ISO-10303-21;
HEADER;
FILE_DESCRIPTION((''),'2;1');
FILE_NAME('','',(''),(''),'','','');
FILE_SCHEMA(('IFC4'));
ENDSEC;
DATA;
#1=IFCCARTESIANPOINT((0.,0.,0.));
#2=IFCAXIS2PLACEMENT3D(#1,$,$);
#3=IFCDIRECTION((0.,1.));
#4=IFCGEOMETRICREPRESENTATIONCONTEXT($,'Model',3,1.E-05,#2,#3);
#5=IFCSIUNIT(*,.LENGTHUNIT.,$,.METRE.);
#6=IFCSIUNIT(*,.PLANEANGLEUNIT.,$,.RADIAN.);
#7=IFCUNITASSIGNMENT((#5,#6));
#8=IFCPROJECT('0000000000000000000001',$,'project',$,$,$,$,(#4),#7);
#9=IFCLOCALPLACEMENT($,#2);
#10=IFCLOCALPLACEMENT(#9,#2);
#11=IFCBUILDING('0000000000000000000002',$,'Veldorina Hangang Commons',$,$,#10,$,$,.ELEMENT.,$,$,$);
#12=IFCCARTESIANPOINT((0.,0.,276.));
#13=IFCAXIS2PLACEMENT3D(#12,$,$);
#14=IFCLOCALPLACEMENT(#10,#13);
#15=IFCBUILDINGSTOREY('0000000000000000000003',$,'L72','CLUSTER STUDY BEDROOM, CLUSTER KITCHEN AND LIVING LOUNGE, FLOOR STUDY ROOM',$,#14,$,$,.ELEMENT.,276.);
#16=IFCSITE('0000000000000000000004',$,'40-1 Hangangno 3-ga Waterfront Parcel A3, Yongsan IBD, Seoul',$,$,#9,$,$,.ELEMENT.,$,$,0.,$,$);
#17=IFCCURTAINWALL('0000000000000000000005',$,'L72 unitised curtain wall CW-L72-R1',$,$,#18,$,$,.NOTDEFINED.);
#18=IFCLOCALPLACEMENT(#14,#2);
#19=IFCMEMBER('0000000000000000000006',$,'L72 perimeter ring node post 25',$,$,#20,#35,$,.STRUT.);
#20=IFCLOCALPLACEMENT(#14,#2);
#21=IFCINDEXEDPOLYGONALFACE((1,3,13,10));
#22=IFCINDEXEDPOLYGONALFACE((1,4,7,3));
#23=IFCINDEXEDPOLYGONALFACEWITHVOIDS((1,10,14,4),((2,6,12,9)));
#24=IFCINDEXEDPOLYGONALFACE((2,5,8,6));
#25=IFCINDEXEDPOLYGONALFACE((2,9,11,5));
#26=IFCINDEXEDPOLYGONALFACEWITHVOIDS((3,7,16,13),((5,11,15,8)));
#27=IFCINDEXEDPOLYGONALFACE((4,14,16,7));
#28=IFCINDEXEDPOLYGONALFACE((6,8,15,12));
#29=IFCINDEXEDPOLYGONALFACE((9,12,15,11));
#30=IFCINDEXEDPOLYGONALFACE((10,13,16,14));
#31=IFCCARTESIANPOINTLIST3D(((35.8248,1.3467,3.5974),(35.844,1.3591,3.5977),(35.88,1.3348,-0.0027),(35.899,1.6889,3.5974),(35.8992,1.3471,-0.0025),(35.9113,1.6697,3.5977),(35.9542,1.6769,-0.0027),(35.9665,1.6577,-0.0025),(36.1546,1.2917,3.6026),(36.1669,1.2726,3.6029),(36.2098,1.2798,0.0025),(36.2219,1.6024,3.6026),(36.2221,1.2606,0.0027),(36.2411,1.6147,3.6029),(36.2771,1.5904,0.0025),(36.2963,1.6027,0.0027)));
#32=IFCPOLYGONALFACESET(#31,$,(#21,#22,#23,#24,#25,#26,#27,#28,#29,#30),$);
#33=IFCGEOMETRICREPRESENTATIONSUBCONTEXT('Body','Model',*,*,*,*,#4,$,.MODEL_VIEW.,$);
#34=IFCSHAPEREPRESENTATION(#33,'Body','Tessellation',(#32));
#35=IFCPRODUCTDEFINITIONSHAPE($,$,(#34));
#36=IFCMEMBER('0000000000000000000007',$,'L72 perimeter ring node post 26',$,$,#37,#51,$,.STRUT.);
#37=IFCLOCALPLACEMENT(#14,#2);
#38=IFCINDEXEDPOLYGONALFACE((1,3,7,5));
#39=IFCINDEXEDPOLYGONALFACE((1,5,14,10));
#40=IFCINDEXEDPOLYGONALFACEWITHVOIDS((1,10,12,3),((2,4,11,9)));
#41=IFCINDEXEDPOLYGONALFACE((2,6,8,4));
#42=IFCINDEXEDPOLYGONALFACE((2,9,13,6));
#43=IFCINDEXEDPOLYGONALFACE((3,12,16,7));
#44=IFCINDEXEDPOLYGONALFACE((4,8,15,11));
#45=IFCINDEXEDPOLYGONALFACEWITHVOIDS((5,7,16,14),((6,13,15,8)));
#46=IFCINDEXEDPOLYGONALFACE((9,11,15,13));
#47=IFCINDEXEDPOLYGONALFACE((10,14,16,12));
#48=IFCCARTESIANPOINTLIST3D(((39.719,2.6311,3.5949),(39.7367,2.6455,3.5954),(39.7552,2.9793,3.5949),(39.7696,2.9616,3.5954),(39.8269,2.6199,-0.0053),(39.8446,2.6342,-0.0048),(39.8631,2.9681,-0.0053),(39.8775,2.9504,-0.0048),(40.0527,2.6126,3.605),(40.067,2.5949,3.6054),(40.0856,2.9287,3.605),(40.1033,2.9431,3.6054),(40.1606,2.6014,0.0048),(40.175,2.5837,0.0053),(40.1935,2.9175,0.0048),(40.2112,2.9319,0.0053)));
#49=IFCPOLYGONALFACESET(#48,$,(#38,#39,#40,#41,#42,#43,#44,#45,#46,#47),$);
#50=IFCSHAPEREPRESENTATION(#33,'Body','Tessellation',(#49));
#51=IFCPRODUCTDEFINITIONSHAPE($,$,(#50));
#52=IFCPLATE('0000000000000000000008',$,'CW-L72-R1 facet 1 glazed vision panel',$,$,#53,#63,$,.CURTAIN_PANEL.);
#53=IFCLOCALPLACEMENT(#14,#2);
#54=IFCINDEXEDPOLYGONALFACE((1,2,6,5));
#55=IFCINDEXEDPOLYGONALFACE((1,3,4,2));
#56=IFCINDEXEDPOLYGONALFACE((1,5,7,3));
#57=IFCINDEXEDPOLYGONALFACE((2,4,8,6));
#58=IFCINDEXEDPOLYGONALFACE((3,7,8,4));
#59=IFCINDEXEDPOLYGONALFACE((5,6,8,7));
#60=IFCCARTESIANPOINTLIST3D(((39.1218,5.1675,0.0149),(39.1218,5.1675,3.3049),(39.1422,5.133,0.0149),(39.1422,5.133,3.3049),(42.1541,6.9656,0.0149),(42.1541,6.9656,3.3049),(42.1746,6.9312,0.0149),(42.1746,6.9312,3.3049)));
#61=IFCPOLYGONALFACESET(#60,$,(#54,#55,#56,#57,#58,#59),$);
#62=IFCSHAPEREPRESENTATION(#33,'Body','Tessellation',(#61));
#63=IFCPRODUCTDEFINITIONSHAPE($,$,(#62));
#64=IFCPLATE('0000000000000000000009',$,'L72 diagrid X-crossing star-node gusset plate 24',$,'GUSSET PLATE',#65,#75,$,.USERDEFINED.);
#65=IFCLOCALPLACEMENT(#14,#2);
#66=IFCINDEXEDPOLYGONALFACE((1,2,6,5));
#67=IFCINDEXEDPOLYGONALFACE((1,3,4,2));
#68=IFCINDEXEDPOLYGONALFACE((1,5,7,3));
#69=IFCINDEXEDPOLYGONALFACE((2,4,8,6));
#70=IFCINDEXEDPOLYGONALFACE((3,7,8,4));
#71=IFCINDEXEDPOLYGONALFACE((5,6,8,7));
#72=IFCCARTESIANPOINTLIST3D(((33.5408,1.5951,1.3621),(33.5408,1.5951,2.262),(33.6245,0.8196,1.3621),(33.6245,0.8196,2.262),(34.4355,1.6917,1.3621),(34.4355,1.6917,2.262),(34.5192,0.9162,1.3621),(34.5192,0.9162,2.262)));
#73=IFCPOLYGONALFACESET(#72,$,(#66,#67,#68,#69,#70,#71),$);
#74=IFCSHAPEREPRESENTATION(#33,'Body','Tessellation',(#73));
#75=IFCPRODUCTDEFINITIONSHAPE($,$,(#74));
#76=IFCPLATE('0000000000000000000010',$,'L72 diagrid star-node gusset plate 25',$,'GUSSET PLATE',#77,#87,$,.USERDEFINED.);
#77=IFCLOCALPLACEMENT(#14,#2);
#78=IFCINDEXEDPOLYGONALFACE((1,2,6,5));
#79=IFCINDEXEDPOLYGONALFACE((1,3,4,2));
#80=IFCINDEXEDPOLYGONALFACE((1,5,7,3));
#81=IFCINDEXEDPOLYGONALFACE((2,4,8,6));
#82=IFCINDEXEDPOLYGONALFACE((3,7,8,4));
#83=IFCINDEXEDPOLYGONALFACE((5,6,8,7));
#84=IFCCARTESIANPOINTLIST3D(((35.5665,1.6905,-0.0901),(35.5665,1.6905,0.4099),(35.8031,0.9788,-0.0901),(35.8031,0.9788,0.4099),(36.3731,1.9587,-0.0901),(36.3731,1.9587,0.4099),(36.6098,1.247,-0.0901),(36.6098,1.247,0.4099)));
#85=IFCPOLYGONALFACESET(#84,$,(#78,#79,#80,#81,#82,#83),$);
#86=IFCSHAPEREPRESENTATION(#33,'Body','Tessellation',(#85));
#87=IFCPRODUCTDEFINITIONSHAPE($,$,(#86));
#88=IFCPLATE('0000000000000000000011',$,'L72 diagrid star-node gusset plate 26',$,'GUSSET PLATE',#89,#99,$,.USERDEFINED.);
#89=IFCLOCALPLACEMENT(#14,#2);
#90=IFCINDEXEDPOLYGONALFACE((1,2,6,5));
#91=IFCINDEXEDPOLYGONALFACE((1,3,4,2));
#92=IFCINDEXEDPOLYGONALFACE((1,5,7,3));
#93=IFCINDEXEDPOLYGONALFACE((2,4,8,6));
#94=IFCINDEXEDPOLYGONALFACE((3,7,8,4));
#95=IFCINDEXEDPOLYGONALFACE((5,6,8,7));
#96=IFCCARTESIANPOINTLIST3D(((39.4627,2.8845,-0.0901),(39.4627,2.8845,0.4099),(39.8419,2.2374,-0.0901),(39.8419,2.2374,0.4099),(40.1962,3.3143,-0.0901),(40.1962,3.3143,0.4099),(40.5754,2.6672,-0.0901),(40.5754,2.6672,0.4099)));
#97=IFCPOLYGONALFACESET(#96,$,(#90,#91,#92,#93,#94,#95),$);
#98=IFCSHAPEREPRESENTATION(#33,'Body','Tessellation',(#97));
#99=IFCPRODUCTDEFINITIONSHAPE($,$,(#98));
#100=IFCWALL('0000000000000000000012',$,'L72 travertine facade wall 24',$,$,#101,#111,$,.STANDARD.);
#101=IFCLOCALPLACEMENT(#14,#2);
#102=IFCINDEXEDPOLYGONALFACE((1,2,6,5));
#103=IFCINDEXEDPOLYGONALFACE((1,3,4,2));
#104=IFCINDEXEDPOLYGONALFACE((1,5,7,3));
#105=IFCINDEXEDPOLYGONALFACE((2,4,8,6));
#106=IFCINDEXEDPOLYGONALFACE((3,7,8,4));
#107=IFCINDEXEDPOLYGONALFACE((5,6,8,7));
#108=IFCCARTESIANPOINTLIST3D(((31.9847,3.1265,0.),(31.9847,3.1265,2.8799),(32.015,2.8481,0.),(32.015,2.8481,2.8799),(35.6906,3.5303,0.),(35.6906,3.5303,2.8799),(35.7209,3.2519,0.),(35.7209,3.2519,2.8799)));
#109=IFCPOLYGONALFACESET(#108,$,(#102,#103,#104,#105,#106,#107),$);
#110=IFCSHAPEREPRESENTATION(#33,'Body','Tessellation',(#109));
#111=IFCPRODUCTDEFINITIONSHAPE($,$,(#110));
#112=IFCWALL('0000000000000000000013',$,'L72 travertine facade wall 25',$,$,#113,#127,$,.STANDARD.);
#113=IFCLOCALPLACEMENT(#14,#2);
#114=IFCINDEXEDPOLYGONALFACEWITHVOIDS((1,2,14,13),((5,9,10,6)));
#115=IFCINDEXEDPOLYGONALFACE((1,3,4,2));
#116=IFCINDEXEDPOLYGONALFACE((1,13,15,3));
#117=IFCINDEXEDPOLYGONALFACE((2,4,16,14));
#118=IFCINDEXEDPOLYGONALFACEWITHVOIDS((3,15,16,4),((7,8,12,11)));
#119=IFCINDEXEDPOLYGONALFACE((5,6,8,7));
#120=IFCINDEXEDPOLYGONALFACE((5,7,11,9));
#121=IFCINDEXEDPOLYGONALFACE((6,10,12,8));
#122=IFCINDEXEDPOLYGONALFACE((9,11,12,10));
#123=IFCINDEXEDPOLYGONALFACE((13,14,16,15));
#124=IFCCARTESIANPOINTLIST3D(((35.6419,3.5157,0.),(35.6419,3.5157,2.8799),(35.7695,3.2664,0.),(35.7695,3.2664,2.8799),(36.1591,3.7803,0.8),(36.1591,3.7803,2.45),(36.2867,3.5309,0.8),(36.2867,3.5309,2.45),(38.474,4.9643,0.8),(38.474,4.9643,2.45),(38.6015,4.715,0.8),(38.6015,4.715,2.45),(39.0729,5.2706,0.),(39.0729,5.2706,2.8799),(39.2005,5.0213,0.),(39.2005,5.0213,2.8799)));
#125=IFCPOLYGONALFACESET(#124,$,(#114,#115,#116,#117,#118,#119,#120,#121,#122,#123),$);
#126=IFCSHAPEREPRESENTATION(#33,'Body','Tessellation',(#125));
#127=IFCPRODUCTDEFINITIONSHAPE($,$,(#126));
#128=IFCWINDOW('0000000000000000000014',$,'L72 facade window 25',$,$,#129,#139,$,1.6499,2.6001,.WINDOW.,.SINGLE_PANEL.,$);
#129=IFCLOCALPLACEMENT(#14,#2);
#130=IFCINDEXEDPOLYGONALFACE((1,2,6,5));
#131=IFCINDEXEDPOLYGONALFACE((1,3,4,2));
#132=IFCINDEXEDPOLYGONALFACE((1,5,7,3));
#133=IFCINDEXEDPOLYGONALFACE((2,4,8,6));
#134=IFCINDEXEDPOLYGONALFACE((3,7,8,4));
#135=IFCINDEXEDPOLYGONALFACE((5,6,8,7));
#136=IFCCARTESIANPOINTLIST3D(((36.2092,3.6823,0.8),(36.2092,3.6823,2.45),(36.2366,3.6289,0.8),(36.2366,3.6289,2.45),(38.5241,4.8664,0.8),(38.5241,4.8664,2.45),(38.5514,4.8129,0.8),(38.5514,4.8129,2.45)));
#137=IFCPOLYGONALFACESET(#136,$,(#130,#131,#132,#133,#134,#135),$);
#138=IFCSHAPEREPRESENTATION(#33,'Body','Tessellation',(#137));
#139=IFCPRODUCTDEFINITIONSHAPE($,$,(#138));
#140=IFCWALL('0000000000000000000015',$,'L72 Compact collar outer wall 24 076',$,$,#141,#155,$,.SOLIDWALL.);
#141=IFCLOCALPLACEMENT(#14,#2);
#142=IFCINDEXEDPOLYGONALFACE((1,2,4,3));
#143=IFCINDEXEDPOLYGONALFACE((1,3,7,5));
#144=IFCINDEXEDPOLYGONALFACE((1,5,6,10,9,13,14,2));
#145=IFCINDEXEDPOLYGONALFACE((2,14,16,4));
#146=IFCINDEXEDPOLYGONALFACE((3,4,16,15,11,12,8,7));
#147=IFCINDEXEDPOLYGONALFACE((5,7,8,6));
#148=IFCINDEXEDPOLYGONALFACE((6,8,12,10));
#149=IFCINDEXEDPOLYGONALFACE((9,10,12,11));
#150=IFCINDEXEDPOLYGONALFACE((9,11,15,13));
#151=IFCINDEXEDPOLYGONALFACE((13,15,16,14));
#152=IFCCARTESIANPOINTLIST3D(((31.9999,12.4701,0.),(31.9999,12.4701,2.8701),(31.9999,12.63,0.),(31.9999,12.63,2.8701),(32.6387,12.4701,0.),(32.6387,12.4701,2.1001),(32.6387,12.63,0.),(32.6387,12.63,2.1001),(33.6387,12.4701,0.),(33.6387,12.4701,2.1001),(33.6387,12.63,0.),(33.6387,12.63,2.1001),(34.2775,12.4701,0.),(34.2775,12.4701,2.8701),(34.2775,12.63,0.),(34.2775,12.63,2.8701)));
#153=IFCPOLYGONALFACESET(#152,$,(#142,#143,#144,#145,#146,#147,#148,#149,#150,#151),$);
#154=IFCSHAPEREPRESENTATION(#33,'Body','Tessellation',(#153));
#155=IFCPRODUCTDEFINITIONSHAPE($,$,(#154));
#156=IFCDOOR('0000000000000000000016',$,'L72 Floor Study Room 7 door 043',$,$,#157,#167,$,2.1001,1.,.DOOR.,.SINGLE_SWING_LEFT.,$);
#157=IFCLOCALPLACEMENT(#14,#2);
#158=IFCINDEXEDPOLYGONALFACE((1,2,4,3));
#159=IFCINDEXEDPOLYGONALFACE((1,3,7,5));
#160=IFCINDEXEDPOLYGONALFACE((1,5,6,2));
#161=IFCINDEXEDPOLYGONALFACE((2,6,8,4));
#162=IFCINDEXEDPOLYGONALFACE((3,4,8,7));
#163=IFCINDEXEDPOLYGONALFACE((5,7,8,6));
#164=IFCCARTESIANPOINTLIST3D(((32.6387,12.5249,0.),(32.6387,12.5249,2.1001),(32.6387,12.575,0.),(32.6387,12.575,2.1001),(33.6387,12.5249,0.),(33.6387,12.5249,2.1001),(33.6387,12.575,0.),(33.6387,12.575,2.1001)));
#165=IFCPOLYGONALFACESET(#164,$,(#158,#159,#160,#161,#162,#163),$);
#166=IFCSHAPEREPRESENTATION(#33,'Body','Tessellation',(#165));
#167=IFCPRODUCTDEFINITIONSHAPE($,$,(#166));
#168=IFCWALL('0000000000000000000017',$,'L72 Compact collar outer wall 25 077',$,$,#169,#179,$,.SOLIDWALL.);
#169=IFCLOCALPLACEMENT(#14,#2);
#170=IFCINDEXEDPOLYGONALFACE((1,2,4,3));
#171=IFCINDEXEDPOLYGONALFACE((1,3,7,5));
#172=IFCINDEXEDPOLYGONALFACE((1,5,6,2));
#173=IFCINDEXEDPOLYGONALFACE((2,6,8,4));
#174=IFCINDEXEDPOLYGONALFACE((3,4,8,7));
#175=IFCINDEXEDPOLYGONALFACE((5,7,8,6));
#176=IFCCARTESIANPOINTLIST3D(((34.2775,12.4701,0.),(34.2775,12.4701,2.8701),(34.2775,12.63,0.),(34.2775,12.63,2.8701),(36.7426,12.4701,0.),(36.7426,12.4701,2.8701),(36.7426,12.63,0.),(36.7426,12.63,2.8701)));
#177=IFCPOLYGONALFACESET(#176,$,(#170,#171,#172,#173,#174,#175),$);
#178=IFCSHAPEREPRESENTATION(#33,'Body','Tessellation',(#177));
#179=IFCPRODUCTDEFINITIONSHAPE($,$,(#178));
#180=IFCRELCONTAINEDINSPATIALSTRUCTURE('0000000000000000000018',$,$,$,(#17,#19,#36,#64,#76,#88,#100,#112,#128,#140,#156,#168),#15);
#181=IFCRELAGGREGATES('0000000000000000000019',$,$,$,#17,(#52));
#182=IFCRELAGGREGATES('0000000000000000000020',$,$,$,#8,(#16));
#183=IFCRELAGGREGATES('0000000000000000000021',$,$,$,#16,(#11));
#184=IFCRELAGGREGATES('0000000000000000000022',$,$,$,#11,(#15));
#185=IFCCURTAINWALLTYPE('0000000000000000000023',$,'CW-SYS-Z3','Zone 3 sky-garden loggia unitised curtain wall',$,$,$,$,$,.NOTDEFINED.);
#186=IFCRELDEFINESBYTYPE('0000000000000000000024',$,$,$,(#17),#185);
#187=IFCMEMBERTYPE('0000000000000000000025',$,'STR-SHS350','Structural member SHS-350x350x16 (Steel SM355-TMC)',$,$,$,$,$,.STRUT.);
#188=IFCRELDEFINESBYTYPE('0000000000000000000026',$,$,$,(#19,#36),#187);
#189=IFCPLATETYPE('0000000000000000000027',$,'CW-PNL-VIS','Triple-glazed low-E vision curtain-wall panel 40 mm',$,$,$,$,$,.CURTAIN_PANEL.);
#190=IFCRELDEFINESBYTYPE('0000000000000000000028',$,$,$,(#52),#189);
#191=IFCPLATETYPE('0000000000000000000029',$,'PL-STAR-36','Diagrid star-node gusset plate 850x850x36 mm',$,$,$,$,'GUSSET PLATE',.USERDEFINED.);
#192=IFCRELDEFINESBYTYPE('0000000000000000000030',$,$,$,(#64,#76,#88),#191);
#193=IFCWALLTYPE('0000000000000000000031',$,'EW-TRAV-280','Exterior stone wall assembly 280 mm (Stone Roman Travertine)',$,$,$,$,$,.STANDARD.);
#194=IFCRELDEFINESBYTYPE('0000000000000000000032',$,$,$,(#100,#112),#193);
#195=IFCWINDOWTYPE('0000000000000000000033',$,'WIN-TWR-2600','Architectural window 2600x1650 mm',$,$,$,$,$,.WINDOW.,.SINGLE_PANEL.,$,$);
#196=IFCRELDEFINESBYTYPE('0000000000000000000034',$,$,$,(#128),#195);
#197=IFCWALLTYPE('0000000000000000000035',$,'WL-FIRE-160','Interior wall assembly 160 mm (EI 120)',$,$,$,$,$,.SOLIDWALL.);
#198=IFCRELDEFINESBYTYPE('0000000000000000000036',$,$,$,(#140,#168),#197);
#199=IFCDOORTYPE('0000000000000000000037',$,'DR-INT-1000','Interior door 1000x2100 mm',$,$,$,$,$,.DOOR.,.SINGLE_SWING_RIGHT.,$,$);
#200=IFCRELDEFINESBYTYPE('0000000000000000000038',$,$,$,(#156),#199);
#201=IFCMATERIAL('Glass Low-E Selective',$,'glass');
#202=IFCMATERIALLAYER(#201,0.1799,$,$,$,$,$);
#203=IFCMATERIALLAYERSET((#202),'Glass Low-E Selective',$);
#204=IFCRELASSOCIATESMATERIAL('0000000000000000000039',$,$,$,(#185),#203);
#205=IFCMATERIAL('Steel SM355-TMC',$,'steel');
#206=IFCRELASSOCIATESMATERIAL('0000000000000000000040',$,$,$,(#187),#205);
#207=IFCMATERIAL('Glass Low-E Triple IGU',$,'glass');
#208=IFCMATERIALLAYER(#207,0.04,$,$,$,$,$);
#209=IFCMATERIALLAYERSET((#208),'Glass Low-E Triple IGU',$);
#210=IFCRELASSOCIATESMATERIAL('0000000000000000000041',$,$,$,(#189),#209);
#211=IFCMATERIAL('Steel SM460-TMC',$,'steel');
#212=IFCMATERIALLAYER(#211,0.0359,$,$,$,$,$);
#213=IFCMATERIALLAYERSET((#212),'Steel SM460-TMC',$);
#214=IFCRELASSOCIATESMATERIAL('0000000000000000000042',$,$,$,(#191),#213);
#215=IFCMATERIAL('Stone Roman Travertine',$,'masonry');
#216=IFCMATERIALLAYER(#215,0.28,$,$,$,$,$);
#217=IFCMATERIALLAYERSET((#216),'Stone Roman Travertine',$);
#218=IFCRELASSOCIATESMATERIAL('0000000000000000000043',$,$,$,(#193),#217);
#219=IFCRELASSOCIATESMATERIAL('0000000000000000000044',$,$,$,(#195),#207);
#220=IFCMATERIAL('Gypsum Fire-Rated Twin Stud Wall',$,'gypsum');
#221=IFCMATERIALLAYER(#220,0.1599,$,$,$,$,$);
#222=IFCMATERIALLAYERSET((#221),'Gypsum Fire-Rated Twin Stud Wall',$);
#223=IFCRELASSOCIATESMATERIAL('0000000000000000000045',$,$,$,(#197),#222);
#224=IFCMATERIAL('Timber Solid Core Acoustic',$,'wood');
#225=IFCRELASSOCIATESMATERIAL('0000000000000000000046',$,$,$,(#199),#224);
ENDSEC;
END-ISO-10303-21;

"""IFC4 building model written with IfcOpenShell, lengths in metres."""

from ifc_helpers import new_model, si_unit, direction, frame, frame_2d, origin, origin_2d, place, context, subcontext, project, spatial, rectangle, hollow_rectangle, extrude, material, layer, layer_set, material_profile, profile_set, type_object, element, fill, aggregate, save


model = new_model("IFC4")

# Units and contexts
model_context = context("Model", 3, precision=1e-05, world=origin(), true_north=direction((0.0, 1.0)))
body_context = subcontext(model_context, "Body", "Model", "MODEL_VIEW")
ifc_project = project(units=[si_unit("LENGTHUNIT", "METRE"), si_unit("PLANEANGLEUNIT", "RADIAN")], contexts=[model_context])

# Site, building, storey
site_placement = place(None, origin())
site = spatial("IfcSite", under=ifc_project, at=site_placement, Name="40-1 Hangangno 3-ga Waterfront Parcel A3, Yongsan IBD, Seoul", CompositionType="ELEMENT", RefElevation=0.0)
building_placement = place(site_placement, origin())
building = spatial("IfcBuilding", under=site, at=building_placement, Name="Veldorina Hangang Commons", CompositionType="ELEMENT")
storey_placement = place(building_placement, frame((0.0, 0.0, 276.0)))
storey = spatial("IfcBuildingStorey", under=building, at=storey_placement, Name="L72", Description="CLUSTER STUDY BEDROOM, CLUSTER KITCHEN AND LIVING LOUNGE, FLOOR STUDY ROOM", CompositionType="ELEMENT", Elevation=276.0)

# Shared definitions
ifc_material_1 = material(Name="Steel SM355-TMC", Category="steel")

# Curtain wall
ifc_material_2 = material(Name="Glass Low-E Selective", Category="glass")
ifc_layer_1 = layer(ifc_material_2, 0.1799)
ifc_layer_set_1 = layer_set([ifc_layer_1], Name="Glass Low-E Selective")
curtain_wall_type = type_object("IfcCurtainWallType", Name="CW-SYS-Z3", Description="Zone 3 sky-garden loggia unitised curtain wall", PredefinedType="NOTDEFINED", material=ifc_layer_set_1)
curtain_wall_placement = place(storey_placement, origin())
curtain_wall = element("IfcCurtainWall", 1, at=curtain_wall_placement, inside=storey, type_object=curtain_wall_type, Name="L72 unitised curtain wall CW-L72-R1", PredefinedType="NOTDEFINED")

# Members
ifc_material_profile_1 = material_profile(ifc_material_1, hollow_rectangle(XDim=0.3501, YDim=0.3501, WallThickness=0.0161, at=origin_2d()), Name="SHS-350x350x16")
ifc_profile_set_1 = profile_set([ifc_material_profile_1], Name="Steel SM355-TMC")
member_type_1 = type_object("IfcMemberType", Name="STR-SHS350", Description="Structural member SHS-350x350x16 (Steel SM355-TMC)", PredefinedType="STRUT", material=ifc_profile_set_1)
member_1_placement = place(storey_placement, frame((36.0881, 1.4688, 0.0), z_axis=(-0.015324, 0.003323, 0.999877), x_axis=(-0.211891, -0.977293, 0.0)))
element("IfcMember", 2, at=member_1_placement, inside=storey, type_object=member_type_1, Name="L72 perimeter ring node post 25", PredefinedType="STRUT", context=body_context, shape_type="SweptSolid", body=[
    extrude(hollow_rectangle(XDim=0.3501, YDim=0.3501, WallThickness=0.0161, at=origin_2d()), origin(), (0.0, 0.0, 1.0), 3.6006),
])
member_2_placement = place(storey_placement, frame((40.019, 2.7759, 0.0), z_axis=(-0.029961, 0.003118, 0.999546), x_axis=(-0.103513, -0.994628, 0.0)))
element("IfcMember", 3, at=member_2_placement, inside=storey, type_object=member_type_1, Name="L72 perimeter ring node post 26", PredefinedType="STRUT", context=body_context, shape_type="SweptSolid", body=[
    extrude(hollow_rectangle(XDim=0.3501, YDim=0.3501, WallThickness=0.0161, at=origin_2d()), origin(), (0.0, 0.0, 1.0), 3.6018),
])

# Plate
ifc_material_3 = material(Name="Glass Low-E Triple IGU", Category="glass")
ifc_layer_2 = layer(ifc_material_3, 0.04)
ifc_layer_set_2 = layer_set([ifc_layer_2], Name="Glass Low-E Triple IGU")
plate_type_1 = type_object("IfcPlateType", Name="CW-PNL-VIS", Description="Triple-glazed low-E vision curtain-wall panel 40 mm", PredefinedType="CURTAIN_PANEL", material=ifc_layer_set_2)
plate_1_placement = place(storey_placement, frame((40.6482, 6.0493, 0.0149), z_axis=(0.0, 0.0, 1.0), x_axis=(0.860137, 0.510063, 0.0)))
plate_1 = element("IfcPlate", 4, at=plate_1_placement, type_object=plate_type_1, Name="CW-L72-R1 facet 1 glazed vision panel", PredefinedType="CURTAIN_PANEL", context=body_context, shape_type="SweptSolid", body=[
    extrude(rectangle(XDim=3.5254, YDim=0.04, at=origin_2d()), origin(), (0.0, 0.0, 1.0), 3.29),
])
aggregate(curtain_wall, [plate_1])

# Plates
ifc_material_4 = material(Name="Steel SM460-TMC", Category="steel")
ifc_layer_3 = layer(ifc_material_4, 0.0359)
ifc_layer_set_3 = layer_set([ifc_layer_3], Name="Steel SM460-TMC")
plate_type_2 = type_object("IfcPlateType", Name="PL-STAR-36", Description="Diagrid star-node gusset plate 850x850x36 mm", ElementType="GUSSET PLATE", PredefinedType="USERDEFINED", material=ifc_layer_set_3)
plate_2_placement = place(storey_placement, frame((34.03, 1.2556, 1.3621), z_axis=(0.0, 0.0, 1.0), x_axis=(0.994222, 0.10734, 0.0)))
element("IfcPlate", 5, at=plate_2_placement, inside=storey, type_object=plate_type_2, Name="L72 diagrid X-crossing star-node gusset plate 24", ObjectType="GUSSET PLATE", PredefinedType="USERDEFINED", context=body_context, shape_type="SweptSolid", body=[
    extrude(rectangle(XDim=0.8999, YDim=0.78, at=origin_2d()), origin(), (0.0, 0.0, 1.0), 0.8999),
])
for number, where, z_axis, x_axis, name in (
    (6, (36.0881, 1.4688, -0.0901), (0.0, 0.0, 1.0), (0.948904, 0.315566, 0.0), "L72 diagrid star-node gusset plate 25"),
    (7, (40.019, 2.7759, -0.0901), (0.0, 0.0, 1.0), (0.862779, 0.505582, 0.0), "L72 diagrid star-node gusset plate 26"),
):
    element("IfcPlate", number, at=place(storey_placement, frame(where, z_axis=z_axis, x_axis=x_axis)), inside=storey, type_object=plate_type_2, Name=name, ObjectType="GUSSET PLATE", PredefinedType="USERDEFINED", context=body_context, shape_type="SweptSolid", body=[
        extrude(rectangle(XDim=0.8501, YDim=0.75, at=origin_2d()), origin(), (0.0, 0.0, 1.0), 0.5),
    ])

# Wall
ifc_material_5 = material(Name="Stone Roman Travertine", Category="masonry")
ifc_layer_4 = layer(ifc_material_5, 0.28)
ifc_layer_set_4 = layer_set([ifc_layer_4], Name="Stone Roman Travertine")
wall_type_1 = type_object("IfcWallType", Name="EW-TRAV-280", Description="Exterior stone wall assembly 280 mm (Stone Roman Travertine)", PredefinedType="STANDARD", material=ifc_layer_set_4)
wall_1_placement = place(storey_placement, frame((32.0, 2.9873, 0.0), z_axis=(0.0, 0.0, 1.0), x_axis=(0.994116, 0.108325, 0.0)))
element("IfcWall", 8, at=wall_1_placement, inside=storey, type_object=wall_type_1, Name="L72 travertine facade wall 24", PredefinedType="STANDARD", context=body_context, shape_type="SweptSolid", body=[
    extrude(rectangle(XDim=3.7278, YDim=0.28, at=frame_2d((1.8638, 0.0))), origin(), (0.0, 0.0, 1.0), 2.8799),
])

# Wall, opening, window
wall_2_placement = place(storey_placement, frame((35.7058, 3.3911, 0.0), z_axis=(0.0, 0.0, 1.0), x_axis=(0.890297, 0.45538, 0.0)))
wall_2 = element("IfcWall", 9, at=wall_2_placement, inside=storey, type_object=wall_type_1, Name="L72 travertine facade wall 25", PredefinedType="STANDARD", context=body_context, shape_type="SweptSolid", body=[
    extrude(rectangle(XDim=3.8538, YDim=0.28, at=frame_2d((1.9268, 0.0))), origin(), (0.0, 0.0, 1.0), 2.8799),
])
opening_1_placement = place(wall_2_placement, frame((0.5808, 0.0, 0.8)))
opening_1 = element("IfcOpeningElement", 10, at=opening_1_placement, cuts=wall_2, PredefinedType="OPENING", context=body_context, shape_type="SweptSolid", body=[
    extrude(rectangle(XDim=2.6001, YDim=1.6499, at=frame_2d((1.3, 0.825))), frame((0.0, 0.1499, 0.0), z_axis=(0.0, -1.0, 0.0), x_axis=(1.0, 0.0, 0.0)), (0.0, 0.0, 1.0), 0.3),
])
window_type = type_object("IfcWindowType", Name="WIN-TWR-2600", Description="Architectural window 2600x1650 mm", PartitioningType="SINGLE_PANEL", PredefinedType="WINDOW", material=ifc_material_3)
window_placement = place(opening_1_placement, origin())
window = element("IfcWindow", 11, at=window_placement, inside=storey, type_object=window_type, Name="L72 facade window 25", OverallHeight=1.6499, OverallWidth=2.6001, PartitioningType="SINGLE_PANEL", PredefinedType="WINDOW", context=body_context, shape_type="SweptSolid", body=[
    extrude(rectangle(XDim=2.6001, YDim=1.6499, at=frame_2d((1.3, 0.825))), frame((0.0, 0.03, 0.0), z_axis=(0.0, -1.0, 0.0), x_axis=(1.0, 0.0, 0.0)), (0.0, 0.0, 1.0), 0.0601),
])
fill(opening_1, window)

# Wall, opening, door
ifc_material_6 = material(Name="Gypsum Fire-Rated Twin Stud Wall", Category="gypsum")
ifc_layer_5 = layer(ifc_material_6, 0.1599)
ifc_layer_set_5 = layer_set([ifc_layer_5], Name="Gypsum Fire-Rated Twin Stud Wall")
wall_type_2 = type_object("IfcWallType", Name="WL-FIRE-160", Description="Interior wall assembly 160 mm (EI 120)", PredefinedType="SOLIDWALL", material=ifc_layer_set_5)
wall_3_placement = place(storey_placement, frame((32.0, 12.55, 0.0), z_axis=(0.0, 0.0, 1.0), x_axis=(1.0, 0.0, 0.0)))
wall_3 = element("IfcWall", 12, at=wall_3_placement, inside=storey, type_object=wall_type_2, Name="L72 Compact collar outer wall 24 076", PredefinedType="SOLIDWALL", context=body_context, shape_type="SweptSolid", body=[
    extrude(rectangle(XDim=2.2776, YDim=0.1599, at=frame_2d((1.1387, 0.0))), origin(), (0.0, 0.0, 1.0), 2.8701),
])
opening_2_placement = place(wall_3_placement, frame((0.6387, 0.0, 0.0)))
opening_2 = element("IfcOpeningElement", 13, at=opening_2_placement, cuts=wall_3, PredefinedType="OPENING", context=body_context, shape_type="SweptSolid", body=[
    extrude(rectangle(XDim=1.0, YDim=2.1001, at=frame_2d((0.5, 1.05))), frame((0.0, 0.0898, 0.0), z_axis=(0.0, -1.0, 0.0), x_axis=(1.0, 0.0, 0.0)), (0.0, 0.0, 1.0), 0.1799),
])
ifc_material_7 = material(Name="Timber Solid Core Acoustic", Category="wood")
door_type_1 = type_object("IfcDoorType", Name="DR-INT-1000", Description="Interior door 1000x2100 mm", OperationType="SINGLE_SWING_RIGHT", PredefinedType="DOOR", material=ifc_material_7)
door_1_placement = place(opening_2_placement, origin())
door_1 = element("IfcDoor", 14, at=door_1_placement, inside=storey, type_object=door_type_1, Name="L72 Floor Study Room 7 door 043", OperationType="SINGLE_SWING_LEFT", OverallHeight=2.1001, OverallWidth=1.0, PredefinedType="DOOR", context=body_context, shape_type="SweptSolid", body=[
    extrude(rectangle(XDim=1.0, YDim=2.1001, at=frame_2d((0.5, 1.05))), frame((0.0, 0.0249, 0.0), z_axis=(0.0, -1.0, 0.0), x_axis=(1.0, 0.0, 0.0)), (0.0, 0.0, 1.0), 0.05),
])
fill(opening_2, door_1)

# Wall
wall_4_placement = place(storey_placement, frame((34.2776, 12.55, 0.0), z_axis=(0.0, 0.0, 1.0), x_axis=(1.0, 0.0, 0.0)))
element("IfcWall", 15, at=wall_4_placement, inside=storey, type_object=wall_type_2, Name="L72 Compact collar outer wall 25 077", PredefinedType="SOLIDWALL", context=body_context, shape_type="SweptSolid", body=[
    extrude(rectangle(XDim=2.4651, YDim=0.1599, at=frame_2d((1.2324, 0.0))), origin(), (0.0, 0.0, 1.0), 2.8701),
])

save(model, "model.ifc")
